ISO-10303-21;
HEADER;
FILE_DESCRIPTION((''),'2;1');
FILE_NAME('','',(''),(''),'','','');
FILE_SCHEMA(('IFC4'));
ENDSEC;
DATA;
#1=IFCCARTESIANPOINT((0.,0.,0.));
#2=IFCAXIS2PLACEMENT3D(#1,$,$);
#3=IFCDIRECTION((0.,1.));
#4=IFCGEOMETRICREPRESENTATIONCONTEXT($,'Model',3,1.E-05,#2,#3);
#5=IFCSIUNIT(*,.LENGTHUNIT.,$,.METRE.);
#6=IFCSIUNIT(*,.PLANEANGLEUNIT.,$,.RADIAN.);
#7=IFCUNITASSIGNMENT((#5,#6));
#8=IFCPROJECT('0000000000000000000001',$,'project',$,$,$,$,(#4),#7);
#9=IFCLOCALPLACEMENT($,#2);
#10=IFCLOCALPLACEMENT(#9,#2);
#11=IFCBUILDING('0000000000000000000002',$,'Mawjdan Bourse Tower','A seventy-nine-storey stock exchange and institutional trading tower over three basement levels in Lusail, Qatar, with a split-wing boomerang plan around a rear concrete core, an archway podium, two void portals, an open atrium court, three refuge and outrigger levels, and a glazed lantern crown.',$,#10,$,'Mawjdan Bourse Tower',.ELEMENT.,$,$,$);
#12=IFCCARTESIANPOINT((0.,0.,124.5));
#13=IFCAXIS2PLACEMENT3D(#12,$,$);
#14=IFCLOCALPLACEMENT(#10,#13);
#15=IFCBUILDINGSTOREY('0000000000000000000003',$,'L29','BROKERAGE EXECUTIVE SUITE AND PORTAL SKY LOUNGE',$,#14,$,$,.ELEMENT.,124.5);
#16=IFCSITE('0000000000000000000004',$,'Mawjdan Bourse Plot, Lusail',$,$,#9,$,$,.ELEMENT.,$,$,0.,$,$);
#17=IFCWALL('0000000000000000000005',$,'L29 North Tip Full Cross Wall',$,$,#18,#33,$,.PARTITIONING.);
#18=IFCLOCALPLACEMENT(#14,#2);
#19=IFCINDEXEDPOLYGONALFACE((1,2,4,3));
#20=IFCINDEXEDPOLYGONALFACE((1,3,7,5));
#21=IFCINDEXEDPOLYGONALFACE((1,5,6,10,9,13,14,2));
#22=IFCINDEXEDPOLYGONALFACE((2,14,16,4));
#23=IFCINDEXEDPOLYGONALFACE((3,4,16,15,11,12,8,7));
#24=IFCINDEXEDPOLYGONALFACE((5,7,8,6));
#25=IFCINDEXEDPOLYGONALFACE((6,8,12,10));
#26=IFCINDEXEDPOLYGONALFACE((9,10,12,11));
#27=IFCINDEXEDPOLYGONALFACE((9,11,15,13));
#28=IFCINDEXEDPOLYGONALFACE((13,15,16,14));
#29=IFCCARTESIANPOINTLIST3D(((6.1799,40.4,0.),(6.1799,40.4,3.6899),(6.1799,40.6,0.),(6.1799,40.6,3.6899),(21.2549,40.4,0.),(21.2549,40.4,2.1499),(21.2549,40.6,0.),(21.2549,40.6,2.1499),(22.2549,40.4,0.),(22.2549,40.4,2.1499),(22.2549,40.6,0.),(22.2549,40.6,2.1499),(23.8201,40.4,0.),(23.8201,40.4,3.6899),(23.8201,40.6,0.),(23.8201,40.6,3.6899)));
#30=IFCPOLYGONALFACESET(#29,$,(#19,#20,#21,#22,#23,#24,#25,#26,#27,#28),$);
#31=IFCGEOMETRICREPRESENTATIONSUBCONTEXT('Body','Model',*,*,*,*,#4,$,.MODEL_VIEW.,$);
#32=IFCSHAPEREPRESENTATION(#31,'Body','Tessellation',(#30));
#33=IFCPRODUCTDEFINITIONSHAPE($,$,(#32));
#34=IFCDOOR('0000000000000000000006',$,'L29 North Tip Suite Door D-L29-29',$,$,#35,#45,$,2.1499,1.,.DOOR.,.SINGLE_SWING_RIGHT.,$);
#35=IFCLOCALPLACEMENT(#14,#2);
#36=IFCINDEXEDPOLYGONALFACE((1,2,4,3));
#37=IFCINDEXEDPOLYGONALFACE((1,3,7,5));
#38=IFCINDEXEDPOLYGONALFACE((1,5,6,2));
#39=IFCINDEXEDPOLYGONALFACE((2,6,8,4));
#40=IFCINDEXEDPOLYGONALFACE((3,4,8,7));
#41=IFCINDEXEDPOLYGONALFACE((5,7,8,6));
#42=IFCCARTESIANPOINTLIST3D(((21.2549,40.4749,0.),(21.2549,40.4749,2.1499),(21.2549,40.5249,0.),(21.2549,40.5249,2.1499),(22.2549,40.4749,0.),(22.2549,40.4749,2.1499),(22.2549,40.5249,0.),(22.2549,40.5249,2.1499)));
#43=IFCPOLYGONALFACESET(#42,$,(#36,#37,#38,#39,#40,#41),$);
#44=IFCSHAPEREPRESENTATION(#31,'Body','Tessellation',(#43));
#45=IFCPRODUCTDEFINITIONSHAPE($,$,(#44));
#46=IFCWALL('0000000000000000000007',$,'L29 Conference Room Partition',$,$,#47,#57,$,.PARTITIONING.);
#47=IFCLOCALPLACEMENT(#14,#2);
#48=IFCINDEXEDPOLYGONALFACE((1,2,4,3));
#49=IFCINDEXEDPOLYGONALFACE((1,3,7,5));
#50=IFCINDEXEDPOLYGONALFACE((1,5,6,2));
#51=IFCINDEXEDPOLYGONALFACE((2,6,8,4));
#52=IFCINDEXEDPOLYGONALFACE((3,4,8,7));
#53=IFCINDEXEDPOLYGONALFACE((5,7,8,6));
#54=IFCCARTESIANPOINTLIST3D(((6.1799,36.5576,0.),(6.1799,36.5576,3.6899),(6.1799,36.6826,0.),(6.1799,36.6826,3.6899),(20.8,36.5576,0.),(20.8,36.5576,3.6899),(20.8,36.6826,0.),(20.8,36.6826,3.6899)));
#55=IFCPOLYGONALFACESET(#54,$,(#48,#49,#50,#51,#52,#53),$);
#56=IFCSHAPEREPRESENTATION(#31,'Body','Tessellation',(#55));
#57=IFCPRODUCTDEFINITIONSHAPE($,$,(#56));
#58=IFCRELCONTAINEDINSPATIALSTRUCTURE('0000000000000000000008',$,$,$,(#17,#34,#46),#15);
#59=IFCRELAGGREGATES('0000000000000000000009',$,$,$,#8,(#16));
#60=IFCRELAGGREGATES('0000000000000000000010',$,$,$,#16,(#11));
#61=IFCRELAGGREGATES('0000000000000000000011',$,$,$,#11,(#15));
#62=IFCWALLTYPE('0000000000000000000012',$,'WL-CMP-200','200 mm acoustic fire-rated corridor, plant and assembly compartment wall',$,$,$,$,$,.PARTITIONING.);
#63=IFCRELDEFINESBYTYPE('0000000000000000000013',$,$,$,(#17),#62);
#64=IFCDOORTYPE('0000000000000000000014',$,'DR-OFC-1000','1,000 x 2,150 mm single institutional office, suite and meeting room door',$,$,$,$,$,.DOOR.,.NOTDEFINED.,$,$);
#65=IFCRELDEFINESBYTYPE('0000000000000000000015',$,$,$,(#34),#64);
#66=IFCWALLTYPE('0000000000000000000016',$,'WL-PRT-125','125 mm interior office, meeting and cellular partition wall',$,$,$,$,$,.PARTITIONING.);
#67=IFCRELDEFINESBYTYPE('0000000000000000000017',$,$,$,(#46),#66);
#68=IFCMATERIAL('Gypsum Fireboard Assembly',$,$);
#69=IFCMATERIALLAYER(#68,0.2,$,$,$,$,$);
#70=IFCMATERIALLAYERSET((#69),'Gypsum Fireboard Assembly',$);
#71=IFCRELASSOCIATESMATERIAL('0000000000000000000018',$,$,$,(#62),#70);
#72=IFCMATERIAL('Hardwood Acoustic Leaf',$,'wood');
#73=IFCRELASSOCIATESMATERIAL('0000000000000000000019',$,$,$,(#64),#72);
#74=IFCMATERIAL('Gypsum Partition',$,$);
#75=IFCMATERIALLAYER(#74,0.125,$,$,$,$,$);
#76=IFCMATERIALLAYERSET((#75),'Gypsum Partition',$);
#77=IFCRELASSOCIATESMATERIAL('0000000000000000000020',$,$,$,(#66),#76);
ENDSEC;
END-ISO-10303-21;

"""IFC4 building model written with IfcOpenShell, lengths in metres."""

from ifc_helpers import new_model, si_unit, direction, frame, frame_2d, origin, place, context, subcontext, project, spatial, rectangle, extrude, material, layer, layer_set, type_object, element, fill, save


model = new_model("IFC4")

# Units and contexts
model_context = context("Model", 3, precision=1e-05, world=origin(), true_north=direction((0.0, 1.0)))
body_context = subcontext(model_context, "Body", "Model", "MODEL_VIEW")
ifc_project = project(units=[si_unit("LENGTHUNIT", "METRE"), si_unit("PLANEANGLEUNIT", "RADIAN")], contexts=[model_context])

# Site, building, storey
site_placement = place(None, origin())
site = spatial("IfcSite", under=ifc_project, at=site_placement, Name="Mawjdan Bourse Plot, Lusail", CompositionType="ELEMENT", RefElevation=0.0)
building_placement = place(site_placement, origin())
building = spatial("IfcBuilding", under=site, at=building_placement, Name="Mawjdan Bourse Tower", Description="A seventy-nine-storey stock exchange and institutional trading tower over three basement levels in Lusail, Qatar, with a split-wing boomerang plan around a rear concrete core, an archway podium, two void portals, an open atrium court, three refuge and outrigger levels, and a glazed lantern crown.", LongName="Mawjdan Bourse Tower", CompositionType="ELEMENT")
storey_placement = place(building_placement, frame((0.0, 0.0, 124.5)))
storey = spatial("IfcBuildingStorey", under=building, at=storey_placement, Name="L29", Description="BROKERAGE EXECUTIVE SUITE AND PORTAL SKY LOUNGE", CompositionType="ELEMENT", Elevation=124.5)

# Wall, opening, door
ifc_material_1 = material(Name="Gypsum Fireboard Assembly")
ifc_layer_1 = layer(ifc_material_1, 0.2)
ifc_layer_set_1 = layer_set([ifc_layer_1], Name="Gypsum Fireboard Assembly")
wall_type_1 = type_object("IfcWallType", Name="WL-CMP-200", Description="200 mm acoustic fire-rated corridor, plant and assembly compartment wall", PredefinedType="PARTITIONING", material=ifc_layer_set_1)
ifc_material_2 = material(Name="Hardwood Acoustic Leaf", Category="wood")
door_type = type_object("IfcDoorType", Name="DR-OFC-1000", Description="1,000 x 2,150 mm single institutional office, suite and meeting room door", OperationType="NOTDEFINED", PredefinedType="DOOR", material=ifc_material_2)
wall_1_placement = place(storey_placement, frame((6.1799, 40.5, 0.0), z_axis=(0.0, 0.0, 1.0), x_axis=(1.0, 0.0, 0.0)))
wall_1 = element("IfcWall", 1, at=wall_1_placement, inside=storey, type_object=wall_type_1, Name="L29 North Tip Full Cross Wall", PredefinedType="PARTITIONING", context=body_context, shape_type="SweptSolid", body=[
    extrude(rectangle(XDim=17.6401, YDim=0.2, at=frame_2d((8.8201, 0.0))), origin(), (0.0, 0.0, 1.0), 3.6899),
])
opening_1_placement = place(wall_1_placement, frame((15.075, 0.0, 0.0)))
opening_1 = element("IfcOpeningElement", 2, at=opening_1_placement, cuts=wall_1, PredefinedType="OPENING", context=body_context, shape_type="SweptSolid", body=[
    extrude(rectangle(XDim=1.0, YDim=2.1499, at=frame_2d((0.5, 1.075))), frame((0.0, 0.1099, 0.0), z_axis=(0.0, -1.0, 0.0), x_axis=(1.0, 0.0, 0.0)), (0.0, 0.0, 1.0), 0.22),
])
door_1_placement = place(opening_1_placement, origin())
door_1 = element("IfcDoor", 3, at=door_1_placement, inside=storey, type_object=door_type, Name="L29 North Tip Suite Door D-L29-29", OperationType="SINGLE_SWING_RIGHT", OverallHeight=2.1499, OverallWidth=1.0, PredefinedType="DOOR", context=body_context, shape_type="SweptSolid", body=[
    extrude(rectangle(XDim=1.0, YDim=2.1499, at=frame_2d((0.5, 1.075))), frame((0.0, 0.0249, 0.0), z_axis=(0.0, -1.0, 0.0), x_axis=(1.0, 0.0, 0.0)), (0.0, 0.0, 1.0), 0.05),
])
fill(opening_1, door_1)

# Wall
ifc_material_3 = material(Name="Gypsum Partition")
ifc_layer_2 = layer(ifc_material_3, 0.125)
ifc_layer_set_2 = layer_set([ifc_layer_2], Name="Gypsum Partition")
wall_type_2 = type_object("IfcWallType", Name="WL-PRT-125", Description="125 mm interior office, meeting and cellular partition wall", PredefinedType="PARTITIONING", material=ifc_layer_set_2)
wall_2_placement = place(storey_placement, frame((6.1799, 36.6201, 0.0), z_axis=(0.0, 0.0, 1.0), x_axis=(1.0, 0.0, 0.0)))
element("IfcWall", 4, at=wall_2_placement, inside=storey, type_object=wall_type_2, Name="L29 Conference Room Partition", PredefinedType="PARTITIONING", context=body_context, shape_type="SweptSolid", body=[
    extrude(rectangle(XDim=14.6201, YDim=0.125, at=frame_2d((7.3101, 0.0))), origin(), (0.0, 0.0, 1.0), 3.6899),
])

save(model, "model.ifc")
